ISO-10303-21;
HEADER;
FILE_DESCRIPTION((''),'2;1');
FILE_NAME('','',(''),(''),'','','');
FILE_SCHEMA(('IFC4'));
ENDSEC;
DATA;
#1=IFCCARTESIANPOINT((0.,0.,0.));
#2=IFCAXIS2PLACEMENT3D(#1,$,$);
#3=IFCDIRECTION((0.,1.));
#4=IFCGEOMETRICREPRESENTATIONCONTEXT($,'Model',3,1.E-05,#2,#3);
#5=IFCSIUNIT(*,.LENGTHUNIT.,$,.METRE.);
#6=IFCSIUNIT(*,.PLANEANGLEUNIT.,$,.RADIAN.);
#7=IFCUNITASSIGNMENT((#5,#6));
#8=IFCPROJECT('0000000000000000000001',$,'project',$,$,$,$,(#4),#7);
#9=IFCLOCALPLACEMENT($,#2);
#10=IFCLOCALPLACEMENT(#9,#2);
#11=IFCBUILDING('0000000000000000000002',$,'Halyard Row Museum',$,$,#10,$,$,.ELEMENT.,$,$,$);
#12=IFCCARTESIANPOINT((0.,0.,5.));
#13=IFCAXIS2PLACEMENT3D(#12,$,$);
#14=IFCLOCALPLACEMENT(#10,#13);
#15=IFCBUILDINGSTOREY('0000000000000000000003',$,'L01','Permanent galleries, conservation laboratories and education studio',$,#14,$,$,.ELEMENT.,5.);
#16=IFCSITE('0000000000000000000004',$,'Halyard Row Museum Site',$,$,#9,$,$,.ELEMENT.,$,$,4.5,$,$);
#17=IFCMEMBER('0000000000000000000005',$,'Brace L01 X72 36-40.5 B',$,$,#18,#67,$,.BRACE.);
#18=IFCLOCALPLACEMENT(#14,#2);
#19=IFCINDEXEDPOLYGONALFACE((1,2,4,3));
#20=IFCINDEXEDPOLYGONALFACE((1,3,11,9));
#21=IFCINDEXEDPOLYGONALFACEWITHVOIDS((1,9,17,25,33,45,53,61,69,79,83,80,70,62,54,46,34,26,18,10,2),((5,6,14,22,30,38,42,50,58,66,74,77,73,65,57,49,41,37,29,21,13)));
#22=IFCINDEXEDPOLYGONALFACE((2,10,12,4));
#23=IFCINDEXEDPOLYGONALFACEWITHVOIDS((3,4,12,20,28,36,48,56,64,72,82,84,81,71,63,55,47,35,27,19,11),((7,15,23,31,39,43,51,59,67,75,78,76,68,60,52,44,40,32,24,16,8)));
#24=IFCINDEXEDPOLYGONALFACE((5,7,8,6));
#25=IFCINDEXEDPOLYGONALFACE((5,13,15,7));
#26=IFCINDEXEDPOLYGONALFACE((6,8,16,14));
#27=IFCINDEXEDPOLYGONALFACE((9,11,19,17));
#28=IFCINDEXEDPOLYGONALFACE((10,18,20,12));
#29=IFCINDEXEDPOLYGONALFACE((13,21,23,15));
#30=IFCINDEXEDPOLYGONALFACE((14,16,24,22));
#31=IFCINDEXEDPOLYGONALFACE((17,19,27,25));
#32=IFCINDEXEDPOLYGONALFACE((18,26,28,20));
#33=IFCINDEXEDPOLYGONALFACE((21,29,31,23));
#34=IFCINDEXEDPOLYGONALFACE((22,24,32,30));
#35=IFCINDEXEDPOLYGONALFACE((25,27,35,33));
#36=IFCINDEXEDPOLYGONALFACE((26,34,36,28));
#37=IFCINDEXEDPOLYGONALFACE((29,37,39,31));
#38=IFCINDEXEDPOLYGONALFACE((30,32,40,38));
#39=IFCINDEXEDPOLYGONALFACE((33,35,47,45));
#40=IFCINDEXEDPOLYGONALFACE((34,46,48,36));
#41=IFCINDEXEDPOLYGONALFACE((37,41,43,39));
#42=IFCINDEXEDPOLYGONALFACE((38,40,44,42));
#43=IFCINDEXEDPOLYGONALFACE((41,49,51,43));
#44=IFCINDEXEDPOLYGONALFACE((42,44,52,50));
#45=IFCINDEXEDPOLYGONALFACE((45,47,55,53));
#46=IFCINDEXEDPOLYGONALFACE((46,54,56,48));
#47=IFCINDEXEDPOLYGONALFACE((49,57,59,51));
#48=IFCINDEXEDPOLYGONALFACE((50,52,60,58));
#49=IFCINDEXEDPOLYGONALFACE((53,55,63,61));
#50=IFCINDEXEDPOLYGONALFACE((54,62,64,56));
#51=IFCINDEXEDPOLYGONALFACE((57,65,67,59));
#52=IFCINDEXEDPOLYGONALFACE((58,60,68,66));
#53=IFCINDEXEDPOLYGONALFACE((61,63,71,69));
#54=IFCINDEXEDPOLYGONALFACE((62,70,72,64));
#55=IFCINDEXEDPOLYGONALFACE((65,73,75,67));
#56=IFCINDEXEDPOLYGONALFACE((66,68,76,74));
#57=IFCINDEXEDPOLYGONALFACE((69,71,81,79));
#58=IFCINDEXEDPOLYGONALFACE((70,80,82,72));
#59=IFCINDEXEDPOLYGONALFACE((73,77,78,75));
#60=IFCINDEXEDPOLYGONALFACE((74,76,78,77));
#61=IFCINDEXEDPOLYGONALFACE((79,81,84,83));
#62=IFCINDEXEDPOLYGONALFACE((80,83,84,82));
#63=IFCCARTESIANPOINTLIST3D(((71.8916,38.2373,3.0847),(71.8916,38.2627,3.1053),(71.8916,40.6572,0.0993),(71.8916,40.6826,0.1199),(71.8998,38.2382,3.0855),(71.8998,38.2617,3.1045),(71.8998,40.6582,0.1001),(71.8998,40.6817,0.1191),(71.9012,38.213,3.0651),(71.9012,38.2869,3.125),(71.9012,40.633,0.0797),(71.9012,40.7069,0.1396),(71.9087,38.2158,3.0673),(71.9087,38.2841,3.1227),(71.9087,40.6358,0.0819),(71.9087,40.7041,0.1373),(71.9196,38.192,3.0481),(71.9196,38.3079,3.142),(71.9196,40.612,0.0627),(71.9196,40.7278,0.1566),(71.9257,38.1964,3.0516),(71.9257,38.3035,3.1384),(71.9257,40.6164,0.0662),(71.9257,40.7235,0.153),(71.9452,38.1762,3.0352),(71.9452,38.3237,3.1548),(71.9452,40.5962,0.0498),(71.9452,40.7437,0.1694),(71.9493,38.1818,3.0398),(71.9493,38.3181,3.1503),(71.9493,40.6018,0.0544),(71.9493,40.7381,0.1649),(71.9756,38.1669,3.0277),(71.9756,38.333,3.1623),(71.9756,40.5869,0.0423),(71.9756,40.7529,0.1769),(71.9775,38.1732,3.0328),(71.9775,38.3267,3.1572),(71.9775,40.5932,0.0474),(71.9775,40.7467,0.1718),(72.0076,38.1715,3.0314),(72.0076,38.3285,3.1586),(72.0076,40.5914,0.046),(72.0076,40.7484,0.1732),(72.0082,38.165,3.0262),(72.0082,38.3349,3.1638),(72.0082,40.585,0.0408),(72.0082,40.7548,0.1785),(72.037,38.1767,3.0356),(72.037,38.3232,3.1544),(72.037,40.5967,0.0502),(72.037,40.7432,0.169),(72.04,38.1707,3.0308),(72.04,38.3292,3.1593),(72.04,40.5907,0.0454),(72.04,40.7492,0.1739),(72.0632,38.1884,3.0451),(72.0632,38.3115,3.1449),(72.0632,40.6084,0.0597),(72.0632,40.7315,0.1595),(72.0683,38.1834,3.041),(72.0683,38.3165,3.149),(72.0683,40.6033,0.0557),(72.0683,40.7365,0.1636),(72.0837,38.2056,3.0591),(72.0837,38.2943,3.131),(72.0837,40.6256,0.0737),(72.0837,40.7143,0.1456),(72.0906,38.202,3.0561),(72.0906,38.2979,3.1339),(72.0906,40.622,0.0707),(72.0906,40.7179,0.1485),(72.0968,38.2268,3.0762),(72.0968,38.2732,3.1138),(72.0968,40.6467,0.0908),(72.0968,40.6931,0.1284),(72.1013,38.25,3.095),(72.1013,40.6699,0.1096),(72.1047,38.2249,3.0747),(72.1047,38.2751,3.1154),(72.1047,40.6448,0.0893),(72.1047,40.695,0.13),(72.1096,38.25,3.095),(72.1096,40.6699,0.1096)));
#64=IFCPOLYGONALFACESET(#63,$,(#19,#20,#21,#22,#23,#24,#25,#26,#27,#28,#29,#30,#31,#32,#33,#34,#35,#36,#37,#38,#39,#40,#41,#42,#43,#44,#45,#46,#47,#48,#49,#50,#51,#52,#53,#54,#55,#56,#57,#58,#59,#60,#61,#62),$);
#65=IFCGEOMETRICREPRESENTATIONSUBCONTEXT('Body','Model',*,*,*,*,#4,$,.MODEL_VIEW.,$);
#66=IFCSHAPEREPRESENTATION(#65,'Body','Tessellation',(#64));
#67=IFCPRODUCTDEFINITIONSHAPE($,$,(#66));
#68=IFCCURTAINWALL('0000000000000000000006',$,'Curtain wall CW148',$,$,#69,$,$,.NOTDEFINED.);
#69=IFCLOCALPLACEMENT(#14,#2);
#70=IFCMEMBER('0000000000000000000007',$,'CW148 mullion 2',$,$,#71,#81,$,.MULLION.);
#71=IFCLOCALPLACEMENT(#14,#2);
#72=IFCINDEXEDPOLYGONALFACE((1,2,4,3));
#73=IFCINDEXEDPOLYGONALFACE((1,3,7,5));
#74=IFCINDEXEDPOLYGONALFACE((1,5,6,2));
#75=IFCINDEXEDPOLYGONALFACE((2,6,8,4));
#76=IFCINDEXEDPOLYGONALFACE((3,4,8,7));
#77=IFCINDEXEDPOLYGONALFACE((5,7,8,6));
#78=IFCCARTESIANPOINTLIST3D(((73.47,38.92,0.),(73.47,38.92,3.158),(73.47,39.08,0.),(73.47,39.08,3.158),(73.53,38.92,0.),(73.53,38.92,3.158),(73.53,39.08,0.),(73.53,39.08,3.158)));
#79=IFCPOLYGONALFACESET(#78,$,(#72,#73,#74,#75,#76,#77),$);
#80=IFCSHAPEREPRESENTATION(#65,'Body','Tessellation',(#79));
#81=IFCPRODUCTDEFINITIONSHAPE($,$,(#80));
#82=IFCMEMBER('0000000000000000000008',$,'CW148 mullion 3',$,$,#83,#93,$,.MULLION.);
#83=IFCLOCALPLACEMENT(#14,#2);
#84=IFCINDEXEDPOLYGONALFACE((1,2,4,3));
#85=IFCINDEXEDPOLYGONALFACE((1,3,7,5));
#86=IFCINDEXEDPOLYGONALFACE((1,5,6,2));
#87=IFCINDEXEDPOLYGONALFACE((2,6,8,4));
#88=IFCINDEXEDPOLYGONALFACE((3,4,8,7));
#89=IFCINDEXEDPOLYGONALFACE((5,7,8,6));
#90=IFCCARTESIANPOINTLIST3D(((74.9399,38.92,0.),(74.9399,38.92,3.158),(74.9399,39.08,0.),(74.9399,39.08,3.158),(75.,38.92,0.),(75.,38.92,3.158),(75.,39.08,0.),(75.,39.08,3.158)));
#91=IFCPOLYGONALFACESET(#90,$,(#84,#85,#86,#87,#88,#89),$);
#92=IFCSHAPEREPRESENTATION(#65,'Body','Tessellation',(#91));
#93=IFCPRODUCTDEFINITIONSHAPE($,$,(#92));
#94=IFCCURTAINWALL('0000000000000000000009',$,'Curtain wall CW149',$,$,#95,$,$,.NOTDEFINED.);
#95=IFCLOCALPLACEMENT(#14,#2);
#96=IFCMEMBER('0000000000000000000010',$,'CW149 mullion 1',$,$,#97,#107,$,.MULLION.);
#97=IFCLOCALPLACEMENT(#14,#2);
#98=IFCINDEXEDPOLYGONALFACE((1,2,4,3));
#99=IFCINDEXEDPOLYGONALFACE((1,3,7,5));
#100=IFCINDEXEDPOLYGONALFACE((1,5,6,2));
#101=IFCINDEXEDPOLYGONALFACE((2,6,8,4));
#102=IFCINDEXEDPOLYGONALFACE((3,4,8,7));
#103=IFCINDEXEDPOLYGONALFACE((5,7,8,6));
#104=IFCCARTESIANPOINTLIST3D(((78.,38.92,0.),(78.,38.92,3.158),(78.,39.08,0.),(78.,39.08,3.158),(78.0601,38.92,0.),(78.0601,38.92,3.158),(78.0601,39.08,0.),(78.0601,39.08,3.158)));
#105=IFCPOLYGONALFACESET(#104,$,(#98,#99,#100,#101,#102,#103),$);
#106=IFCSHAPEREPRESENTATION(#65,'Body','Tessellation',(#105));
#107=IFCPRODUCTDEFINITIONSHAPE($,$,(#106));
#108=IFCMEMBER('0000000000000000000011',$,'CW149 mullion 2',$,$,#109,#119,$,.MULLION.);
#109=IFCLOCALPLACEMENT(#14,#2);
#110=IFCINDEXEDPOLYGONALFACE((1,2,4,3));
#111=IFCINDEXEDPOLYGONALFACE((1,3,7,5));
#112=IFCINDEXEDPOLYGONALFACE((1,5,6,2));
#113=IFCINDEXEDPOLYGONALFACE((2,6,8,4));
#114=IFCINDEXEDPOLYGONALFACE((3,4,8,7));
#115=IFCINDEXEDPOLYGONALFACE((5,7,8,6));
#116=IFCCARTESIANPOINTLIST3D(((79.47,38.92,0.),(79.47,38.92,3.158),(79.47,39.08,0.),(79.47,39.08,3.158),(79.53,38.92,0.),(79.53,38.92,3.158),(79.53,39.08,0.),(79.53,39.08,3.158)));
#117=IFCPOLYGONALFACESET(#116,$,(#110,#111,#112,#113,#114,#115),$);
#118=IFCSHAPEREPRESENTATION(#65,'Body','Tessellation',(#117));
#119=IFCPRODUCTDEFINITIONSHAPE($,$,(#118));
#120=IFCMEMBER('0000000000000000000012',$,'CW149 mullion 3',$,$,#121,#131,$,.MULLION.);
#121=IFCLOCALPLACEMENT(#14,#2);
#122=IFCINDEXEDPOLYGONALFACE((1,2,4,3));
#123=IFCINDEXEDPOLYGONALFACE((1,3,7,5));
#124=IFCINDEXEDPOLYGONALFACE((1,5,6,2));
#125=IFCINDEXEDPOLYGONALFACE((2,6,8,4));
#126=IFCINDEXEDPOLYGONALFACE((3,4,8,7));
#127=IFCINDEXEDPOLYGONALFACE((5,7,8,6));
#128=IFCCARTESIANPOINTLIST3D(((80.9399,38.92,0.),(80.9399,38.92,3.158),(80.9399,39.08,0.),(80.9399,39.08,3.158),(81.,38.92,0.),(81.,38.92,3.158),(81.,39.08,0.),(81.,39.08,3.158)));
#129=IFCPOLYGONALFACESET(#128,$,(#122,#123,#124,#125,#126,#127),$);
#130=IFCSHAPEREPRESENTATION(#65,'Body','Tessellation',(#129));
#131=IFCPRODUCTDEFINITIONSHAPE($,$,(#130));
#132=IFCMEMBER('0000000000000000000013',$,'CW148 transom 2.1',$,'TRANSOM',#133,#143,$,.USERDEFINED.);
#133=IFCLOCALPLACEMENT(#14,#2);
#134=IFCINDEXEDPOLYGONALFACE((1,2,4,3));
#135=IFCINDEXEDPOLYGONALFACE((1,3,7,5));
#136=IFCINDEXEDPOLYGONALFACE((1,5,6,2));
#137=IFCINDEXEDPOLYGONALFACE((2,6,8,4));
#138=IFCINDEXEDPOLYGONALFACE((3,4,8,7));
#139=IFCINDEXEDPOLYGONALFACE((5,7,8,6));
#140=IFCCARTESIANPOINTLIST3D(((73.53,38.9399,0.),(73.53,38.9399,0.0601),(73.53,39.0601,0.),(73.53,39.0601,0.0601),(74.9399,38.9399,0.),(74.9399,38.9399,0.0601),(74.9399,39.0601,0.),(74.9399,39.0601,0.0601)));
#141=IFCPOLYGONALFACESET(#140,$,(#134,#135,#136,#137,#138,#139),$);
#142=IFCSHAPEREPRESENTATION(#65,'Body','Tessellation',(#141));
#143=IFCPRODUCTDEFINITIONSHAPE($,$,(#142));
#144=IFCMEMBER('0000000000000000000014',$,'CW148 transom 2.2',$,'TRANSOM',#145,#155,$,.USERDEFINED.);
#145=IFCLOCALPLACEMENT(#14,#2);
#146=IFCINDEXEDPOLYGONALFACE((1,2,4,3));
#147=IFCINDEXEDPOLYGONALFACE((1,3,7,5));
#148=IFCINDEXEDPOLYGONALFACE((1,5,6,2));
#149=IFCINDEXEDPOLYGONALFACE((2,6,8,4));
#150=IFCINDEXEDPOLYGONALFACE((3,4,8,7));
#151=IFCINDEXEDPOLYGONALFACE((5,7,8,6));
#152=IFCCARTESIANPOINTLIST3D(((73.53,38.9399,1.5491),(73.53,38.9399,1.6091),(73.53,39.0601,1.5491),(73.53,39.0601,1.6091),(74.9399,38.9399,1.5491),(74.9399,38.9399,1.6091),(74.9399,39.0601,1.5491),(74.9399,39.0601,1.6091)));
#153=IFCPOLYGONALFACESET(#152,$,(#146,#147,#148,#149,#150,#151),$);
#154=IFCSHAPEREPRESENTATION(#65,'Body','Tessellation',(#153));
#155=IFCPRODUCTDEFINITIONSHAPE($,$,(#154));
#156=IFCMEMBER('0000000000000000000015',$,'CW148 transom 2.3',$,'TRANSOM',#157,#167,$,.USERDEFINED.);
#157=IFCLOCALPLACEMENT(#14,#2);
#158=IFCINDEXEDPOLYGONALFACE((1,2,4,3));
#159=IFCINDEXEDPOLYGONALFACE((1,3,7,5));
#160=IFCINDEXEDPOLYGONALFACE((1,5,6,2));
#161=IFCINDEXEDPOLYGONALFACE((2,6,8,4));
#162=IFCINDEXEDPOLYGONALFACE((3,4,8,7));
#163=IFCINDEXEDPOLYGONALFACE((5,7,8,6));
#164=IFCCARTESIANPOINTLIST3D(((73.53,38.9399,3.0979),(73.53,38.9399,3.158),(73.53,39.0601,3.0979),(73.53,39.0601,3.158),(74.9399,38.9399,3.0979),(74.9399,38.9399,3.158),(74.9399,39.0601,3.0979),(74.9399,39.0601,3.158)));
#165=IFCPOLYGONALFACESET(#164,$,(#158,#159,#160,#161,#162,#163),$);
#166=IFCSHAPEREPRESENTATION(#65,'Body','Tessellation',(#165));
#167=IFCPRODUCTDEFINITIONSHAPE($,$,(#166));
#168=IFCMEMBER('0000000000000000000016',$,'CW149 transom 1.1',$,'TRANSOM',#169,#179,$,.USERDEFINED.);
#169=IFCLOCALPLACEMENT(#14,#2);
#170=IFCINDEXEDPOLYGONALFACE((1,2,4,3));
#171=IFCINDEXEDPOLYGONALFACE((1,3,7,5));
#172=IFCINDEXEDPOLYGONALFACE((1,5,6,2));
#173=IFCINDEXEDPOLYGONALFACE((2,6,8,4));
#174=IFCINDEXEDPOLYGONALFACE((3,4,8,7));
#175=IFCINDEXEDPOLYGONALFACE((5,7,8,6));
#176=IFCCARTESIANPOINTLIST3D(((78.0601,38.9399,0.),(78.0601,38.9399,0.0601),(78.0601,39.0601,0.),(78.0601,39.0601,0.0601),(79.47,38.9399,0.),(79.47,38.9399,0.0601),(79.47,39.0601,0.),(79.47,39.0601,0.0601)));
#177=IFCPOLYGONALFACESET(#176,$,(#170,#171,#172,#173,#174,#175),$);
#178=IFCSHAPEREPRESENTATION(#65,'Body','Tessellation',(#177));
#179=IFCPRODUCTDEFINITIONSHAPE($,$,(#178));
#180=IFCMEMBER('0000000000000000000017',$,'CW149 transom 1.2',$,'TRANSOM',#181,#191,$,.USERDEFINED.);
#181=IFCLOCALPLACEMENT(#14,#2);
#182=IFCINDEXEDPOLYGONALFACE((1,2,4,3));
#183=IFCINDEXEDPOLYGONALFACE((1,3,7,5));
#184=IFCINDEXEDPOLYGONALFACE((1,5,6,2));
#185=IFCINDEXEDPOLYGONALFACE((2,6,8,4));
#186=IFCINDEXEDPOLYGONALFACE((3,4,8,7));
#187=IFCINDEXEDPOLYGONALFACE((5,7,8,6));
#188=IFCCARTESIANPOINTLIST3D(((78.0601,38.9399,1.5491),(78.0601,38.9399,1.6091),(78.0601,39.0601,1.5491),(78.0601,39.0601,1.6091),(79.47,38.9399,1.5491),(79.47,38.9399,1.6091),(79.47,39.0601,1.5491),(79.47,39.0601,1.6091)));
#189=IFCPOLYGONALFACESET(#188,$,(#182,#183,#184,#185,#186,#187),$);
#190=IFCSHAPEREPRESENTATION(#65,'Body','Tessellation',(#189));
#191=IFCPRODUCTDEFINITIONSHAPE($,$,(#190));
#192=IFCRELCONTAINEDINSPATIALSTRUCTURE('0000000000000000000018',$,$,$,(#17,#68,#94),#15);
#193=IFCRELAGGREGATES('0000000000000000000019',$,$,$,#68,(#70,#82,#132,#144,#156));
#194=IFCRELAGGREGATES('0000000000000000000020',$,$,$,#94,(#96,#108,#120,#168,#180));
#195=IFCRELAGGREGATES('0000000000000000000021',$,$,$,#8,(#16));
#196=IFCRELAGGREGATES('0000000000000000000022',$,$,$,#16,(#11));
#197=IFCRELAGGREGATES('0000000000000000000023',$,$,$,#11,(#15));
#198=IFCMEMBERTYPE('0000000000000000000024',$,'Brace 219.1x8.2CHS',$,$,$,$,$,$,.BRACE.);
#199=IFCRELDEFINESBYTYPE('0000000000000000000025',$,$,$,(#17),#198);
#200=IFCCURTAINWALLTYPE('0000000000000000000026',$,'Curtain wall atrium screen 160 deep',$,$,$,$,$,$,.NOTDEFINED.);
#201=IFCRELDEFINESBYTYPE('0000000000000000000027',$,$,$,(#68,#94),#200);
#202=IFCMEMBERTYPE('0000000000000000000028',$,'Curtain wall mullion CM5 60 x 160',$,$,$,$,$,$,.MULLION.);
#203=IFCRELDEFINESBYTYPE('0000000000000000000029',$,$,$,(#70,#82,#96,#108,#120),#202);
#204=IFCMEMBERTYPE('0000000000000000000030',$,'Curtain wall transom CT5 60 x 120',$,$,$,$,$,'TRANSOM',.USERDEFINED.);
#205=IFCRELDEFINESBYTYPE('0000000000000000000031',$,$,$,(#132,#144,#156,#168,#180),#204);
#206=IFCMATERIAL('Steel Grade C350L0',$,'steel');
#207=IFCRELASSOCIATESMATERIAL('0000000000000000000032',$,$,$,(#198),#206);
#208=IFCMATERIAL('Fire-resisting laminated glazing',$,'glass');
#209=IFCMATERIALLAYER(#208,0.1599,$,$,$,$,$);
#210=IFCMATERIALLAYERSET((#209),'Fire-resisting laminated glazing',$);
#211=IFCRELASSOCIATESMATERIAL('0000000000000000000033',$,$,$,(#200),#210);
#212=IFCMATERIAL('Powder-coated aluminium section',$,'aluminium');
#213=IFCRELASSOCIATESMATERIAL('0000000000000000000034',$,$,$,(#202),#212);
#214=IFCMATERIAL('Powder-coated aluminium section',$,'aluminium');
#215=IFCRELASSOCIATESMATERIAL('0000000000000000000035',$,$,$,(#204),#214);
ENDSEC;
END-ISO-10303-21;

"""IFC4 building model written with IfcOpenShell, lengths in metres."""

from ifc_helpers import new_model, si_unit, direction, frame, origin, origin_2d, place, context, subcontext, project, spatial, rectangle, hollow_circle, extrude, material, layer, layer_set, material_profile, profile_set, type_object, element, aggregate, save


model = new_model("IFC4")

# Units and contexts
model_context = context("Model", 3, precision=1e-05, world=origin(), true_north=direction((0.0, 1.0)))
body_context = subcontext(model_context, "Body", "Model", "MODEL_VIEW")
ifc_project = project(units=[si_unit("LENGTHUNIT", "METRE"), si_unit("PLANEANGLEUNIT", "RADIAN")], contexts=[model_context])

# Site, building, storey
site_placement = place(None, origin())
site = spatial("IfcSite", under=ifc_project, at=site_placement, Name="Halyard Row Museum Site", CompositionType="ELEMENT", RefElevation=4.5)
building_placement = place(site_placement, origin())
building = spatial("IfcBuilding", under=site, at=building_placement, Name="Halyard Row Museum", CompositionType="ELEMENT")
storey_placement = place(building_placement, frame((0.0, 0.0, 5.0)))
storey = spatial("IfcBuildingStorey", under=building, at=storey_placement, Name="L01", Description="Permanent galleries, conservation laboratories and education studio", CompositionType="ELEMENT", Elevation=5.0)

# Member
ifc_material_1 = material(Name="Steel Grade C350L0", Category="steel")
ifc_material_profile_1 = material_profile(ifc_material_1, hollow_circle(Radius=0.1096, WallThickness=0.0083, at=origin_2d()), Name="219.1x8.2CHS")
ifc_profile_set_1 = profile_set([ifc_material_profile_1], Name="Steel Grade C350L0")
member_type_1 = type_object("IfcMemberType", Name="Brace 219.1x8.2CHS", PredefinedType="BRACE", material=ifc_profile_set_1)
member_1_placement = place(storey_placement, frame((72.0, 40.6699, 0.1096), z_axis=(0.0, -0.629703, 0.776836), x_axis=(1.0, 0.0, 0.0)))
element("IfcMember", 1, at=member_1_placement, inside=storey, type_object=member_type_1, Name="Brace L01 X72 36-40.5 B", PredefinedType="BRACE", context=body_context, shape_type="SweptSolid", body=[
    extrude(hollow_circle(Radius=0.1096, WallThickness=0.0083, at=origin_2d()), origin(), (0.0, 0.0, 1.0), 3.843),
])

# Curtain walls, members
ifc_material_2 = material(Name="Fire-resisting laminated glazing", Category="glass")
ifc_layer_1 = layer(ifc_material_2, 0.1599)
ifc_layer_set_1 = layer_set([ifc_layer_1], Name="Fire-resisting laminated glazing")
curtain_wall_type = type_object("IfcCurtainWallType", Name="Curtain wall atrium screen 160 deep", PredefinedType="NOTDEFINED", material=ifc_layer_set_1)
curtain_wall_1_placement = place(storey_placement, origin())
curtain_wall_1 = element("IfcCurtainWall", 2, at=curtain_wall_1_placement, inside=storey, type_object=curtain_wall_type, Name="Curtain wall CW148", PredefinedType="NOTDEFINED")
ifc_material_3 = material(Name="Powder-coated aluminium section", Category="aluminium")
ifc_material_profile_2 = material_profile(ifc_material_3, rectangle(XDim=0.1599, YDim=0.0601, at=origin_2d()), Name="160x60 mullion")
ifc_profile_set_2 = profile_set([ifc_material_profile_2], Name="Powder-coated aluminium section")
member_type_2 = type_object("IfcMemberType", Name="Curtain wall mullion CM5 60 x 160", PredefinedType="MULLION", material=ifc_profile_set_2)
member_2_placement = place(storey_placement, frame((73.5, 39.0, 0.0), z_axis=(0.0, 0.0, 1.0), x_axis=(0.0, 1.0, 0.0)))
member_2 = element("IfcMember", 3, at=member_2_placement, type_object=member_type_2, Name="CW148 mullion 2", PredefinedType="MULLION", context=body_context, shape_type="SweptSolid", body=[
    extrude(rectangle(XDim=0.1599, YDim=0.0601, at=origin_2d()), origin(), (0.0, 0.0, 1.0), 3.158),
])
member_3_placement = place(storey_placement, frame((74.97, 39.0, 0.0), z_axis=(0.0, 0.0, 1.0), x_axis=(0.0, 1.0, 0.0)))
member_3 = element("IfcMember", 4, at=member_3_placement, type_object=member_type_2, Name="CW148 mullion 3", PredefinedType="MULLION", context=body_context, shape_type="SweptSolid", body=[
    extrude(rectangle(XDim=0.1599, YDim=0.0601, at=origin_2d()), origin(), (0.0, 0.0, 1.0), 3.158),
])
curtain_wall_2_placement = place(storey_placement, origin())
curtain_wall_2 = element("IfcCurtainWall", 5, at=curtain_wall_2_placement, inside=storey, type_object=curtain_wall_type, Name="Curtain wall CW149", PredefinedType="NOTDEFINED")
member_4_placement = place(storey_placement, frame((78.03, 39.0, 0.0), z_axis=(0.0, 0.0, 1.0), x_axis=(0.0, 1.0, 0.0)))
member_4 = element("IfcMember", 6, at=member_4_placement, type_object=member_type_2, Name="CW149 mullion 1", PredefinedType="MULLION", context=body_context, shape_type="SweptSolid", body=[
    extrude(rectangle(XDim=0.1599, YDim=0.0601, at=origin_2d()), origin(), (0.0, 0.0, 1.0), 3.158),
])
member_5_placement = place(storey_placement, frame((79.5, 39.0, 0.0), z_axis=(0.0, 0.0, 1.0), x_axis=(0.0, 1.0, 0.0)))
member_5 = element("IfcMember", 7, at=member_5_placement, type_object=member_type_2, Name="CW149 mullion 2", PredefinedType="MULLION", context=body_context, shape_type="SweptSolid", body=[
    extrude(rectangle(XDim=0.1599, YDim=0.0601, at=origin_2d()), origin(), (0.0, 0.0, 1.0), 3.158),
])
member_6_placement = place(storey_placement, frame((80.97, 39.0, 0.0), z_axis=(0.0, 0.0, 1.0), x_axis=(0.0, 1.0, 0.0)))
member_6 = element("IfcMember", 8, at=member_6_placement, type_object=member_type_2, Name="CW149 mullion 3", PredefinedType="MULLION", context=body_context, shape_type="SweptSolid", body=[
    extrude(rectangle(XDim=0.1599, YDim=0.0601, at=origin_2d()), origin(), (0.0, 0.0, 1.0), 3.158),
])

# Members
ifc_material_4 = material(Name="Powder-coated aluminium section", Category="aluminium")
ifc_material_profile_3 = material_profile(ifc_material_4, rectangle(XDim=0.1201, YDim=0.0601, at=origin_2d()), Name="120x60 transom")
ifc_profile_set_3 = profile_set([ifc_material_profile_3], Name="Powder-coated aluminium section")
member_type_3 = type_object("IfcMemberType", Name="Curtain wall transom CT5 60 x 120", ElementType="TRANSOM", PredefinedType="USERDEFINED", material=ifc_profile_set_3)
member_7_placement = place(storey_placement, frame((73.53, 39.0, 0.03), z_axis=(1.0, 0.0, 0.0), x_axis=(0.0, 1.0, 0.0)))
member_7 = element("IfcMember", 9, at=member_7_placement, type_object=member_type_3, Name="CW148 transom 2.1", ObjectType="TRANSOM", PredefinedType="USERDEFINED", context=body_context, shape_type="SweptSolid", body=[
    extrude(rectangle(XDim=0.1201, YDim=0.0601, at=origin_2d()), origin(), (0.0, 0.0, 1.0), 1.4099),
])
member_8_placement = place(storey_placement, frame((73.53, 39.0, 1.5791), z_axis=(1.0, 0.0, 0.0), x_axis=(0.0, 1.0, 0.0)))
member_8 = element("IfcMember", 10, at=member_8_placement, type_object=member_type_3, Name="CW148 transom 2.2", ObjectType="TRANSOM", PredefinedType="USERDEFINED", context=body_context, shape_type="SweptSolid", body=[
    extrude(rectangle(XDim=0.1201, YDim=0.0601, at=origin_2d()), origin(), (0.0, 0.0, 1.0), 1.4099),
])
member_9_placement = place(storey_placement, frame((73.53, 39.0, 3.1279), z_axis=(1.0, 0.0, 0.0), x_axis=(0.0, 1.0, 0.0)))
member_9 = element("IfcMember", 11, at=member_9_placement, type_object=member_type_3, Name="CW148 transom 2.3", ObjectType="TRANSOM", PredefinedType="USERDEFINED", context=body_context, shape_type="SweptSolid", body=[
    extrude(rectangle(XDim=0.1201, YDim=0.0601, at=origin_2d()), origin(), (0.0, 0.0, 1.0), 1.4099),
])
member_10_placement = place(storey_placement, frame((78.0601, 39.0, 0.03), z_axis=(1.0, 0.0, 0.0), x_axis=(0.0, 1.0, 0.0)))
member_10 = element("IfcMember", 12, at=member_10_placement, type_object=member_type_3, Name="CW149 transom 1.1", ObjectType="TRANSOM", PredefinedType="USERDEFINED", context=body_context, shape_type="SweptSolid", body=[
    extrude(rectangle(XDim=0.1201, YDim=0.0601, at=origin_2d()), origin(), (0.0, 0.0, 1.0), 1.4099),
])
member_11_placement = place(storey_placement, frame((78.0601, 39.0, 1.5791), z_axis=(1.0, 0.0, 0.0), x_axis=(0.0, 1.0, 0.0)))
member_11 = element("IfcMember", 13, at=member_11_placement, type_object=member_type_3, Name="CW149 transom 1.2", ObjectType="TRANSOM", PredefinedType="USERDEFINED", context=body_context, shape_type="SweptSolid", body=[
    extrude(rectangle(XDim=0.1201, YDim=0.0601, at=origin_2d()), origin(), (0.0, 0.0, 1.0), 1.4099),
])

aggregate(curtain_wall_1, [member_2, member_3, member_7, member_8, member_9])
aggregate(curtain_wall_2, [member_4, member_5, member_6, member_10, member_11])

save(model, "model.ifc")
